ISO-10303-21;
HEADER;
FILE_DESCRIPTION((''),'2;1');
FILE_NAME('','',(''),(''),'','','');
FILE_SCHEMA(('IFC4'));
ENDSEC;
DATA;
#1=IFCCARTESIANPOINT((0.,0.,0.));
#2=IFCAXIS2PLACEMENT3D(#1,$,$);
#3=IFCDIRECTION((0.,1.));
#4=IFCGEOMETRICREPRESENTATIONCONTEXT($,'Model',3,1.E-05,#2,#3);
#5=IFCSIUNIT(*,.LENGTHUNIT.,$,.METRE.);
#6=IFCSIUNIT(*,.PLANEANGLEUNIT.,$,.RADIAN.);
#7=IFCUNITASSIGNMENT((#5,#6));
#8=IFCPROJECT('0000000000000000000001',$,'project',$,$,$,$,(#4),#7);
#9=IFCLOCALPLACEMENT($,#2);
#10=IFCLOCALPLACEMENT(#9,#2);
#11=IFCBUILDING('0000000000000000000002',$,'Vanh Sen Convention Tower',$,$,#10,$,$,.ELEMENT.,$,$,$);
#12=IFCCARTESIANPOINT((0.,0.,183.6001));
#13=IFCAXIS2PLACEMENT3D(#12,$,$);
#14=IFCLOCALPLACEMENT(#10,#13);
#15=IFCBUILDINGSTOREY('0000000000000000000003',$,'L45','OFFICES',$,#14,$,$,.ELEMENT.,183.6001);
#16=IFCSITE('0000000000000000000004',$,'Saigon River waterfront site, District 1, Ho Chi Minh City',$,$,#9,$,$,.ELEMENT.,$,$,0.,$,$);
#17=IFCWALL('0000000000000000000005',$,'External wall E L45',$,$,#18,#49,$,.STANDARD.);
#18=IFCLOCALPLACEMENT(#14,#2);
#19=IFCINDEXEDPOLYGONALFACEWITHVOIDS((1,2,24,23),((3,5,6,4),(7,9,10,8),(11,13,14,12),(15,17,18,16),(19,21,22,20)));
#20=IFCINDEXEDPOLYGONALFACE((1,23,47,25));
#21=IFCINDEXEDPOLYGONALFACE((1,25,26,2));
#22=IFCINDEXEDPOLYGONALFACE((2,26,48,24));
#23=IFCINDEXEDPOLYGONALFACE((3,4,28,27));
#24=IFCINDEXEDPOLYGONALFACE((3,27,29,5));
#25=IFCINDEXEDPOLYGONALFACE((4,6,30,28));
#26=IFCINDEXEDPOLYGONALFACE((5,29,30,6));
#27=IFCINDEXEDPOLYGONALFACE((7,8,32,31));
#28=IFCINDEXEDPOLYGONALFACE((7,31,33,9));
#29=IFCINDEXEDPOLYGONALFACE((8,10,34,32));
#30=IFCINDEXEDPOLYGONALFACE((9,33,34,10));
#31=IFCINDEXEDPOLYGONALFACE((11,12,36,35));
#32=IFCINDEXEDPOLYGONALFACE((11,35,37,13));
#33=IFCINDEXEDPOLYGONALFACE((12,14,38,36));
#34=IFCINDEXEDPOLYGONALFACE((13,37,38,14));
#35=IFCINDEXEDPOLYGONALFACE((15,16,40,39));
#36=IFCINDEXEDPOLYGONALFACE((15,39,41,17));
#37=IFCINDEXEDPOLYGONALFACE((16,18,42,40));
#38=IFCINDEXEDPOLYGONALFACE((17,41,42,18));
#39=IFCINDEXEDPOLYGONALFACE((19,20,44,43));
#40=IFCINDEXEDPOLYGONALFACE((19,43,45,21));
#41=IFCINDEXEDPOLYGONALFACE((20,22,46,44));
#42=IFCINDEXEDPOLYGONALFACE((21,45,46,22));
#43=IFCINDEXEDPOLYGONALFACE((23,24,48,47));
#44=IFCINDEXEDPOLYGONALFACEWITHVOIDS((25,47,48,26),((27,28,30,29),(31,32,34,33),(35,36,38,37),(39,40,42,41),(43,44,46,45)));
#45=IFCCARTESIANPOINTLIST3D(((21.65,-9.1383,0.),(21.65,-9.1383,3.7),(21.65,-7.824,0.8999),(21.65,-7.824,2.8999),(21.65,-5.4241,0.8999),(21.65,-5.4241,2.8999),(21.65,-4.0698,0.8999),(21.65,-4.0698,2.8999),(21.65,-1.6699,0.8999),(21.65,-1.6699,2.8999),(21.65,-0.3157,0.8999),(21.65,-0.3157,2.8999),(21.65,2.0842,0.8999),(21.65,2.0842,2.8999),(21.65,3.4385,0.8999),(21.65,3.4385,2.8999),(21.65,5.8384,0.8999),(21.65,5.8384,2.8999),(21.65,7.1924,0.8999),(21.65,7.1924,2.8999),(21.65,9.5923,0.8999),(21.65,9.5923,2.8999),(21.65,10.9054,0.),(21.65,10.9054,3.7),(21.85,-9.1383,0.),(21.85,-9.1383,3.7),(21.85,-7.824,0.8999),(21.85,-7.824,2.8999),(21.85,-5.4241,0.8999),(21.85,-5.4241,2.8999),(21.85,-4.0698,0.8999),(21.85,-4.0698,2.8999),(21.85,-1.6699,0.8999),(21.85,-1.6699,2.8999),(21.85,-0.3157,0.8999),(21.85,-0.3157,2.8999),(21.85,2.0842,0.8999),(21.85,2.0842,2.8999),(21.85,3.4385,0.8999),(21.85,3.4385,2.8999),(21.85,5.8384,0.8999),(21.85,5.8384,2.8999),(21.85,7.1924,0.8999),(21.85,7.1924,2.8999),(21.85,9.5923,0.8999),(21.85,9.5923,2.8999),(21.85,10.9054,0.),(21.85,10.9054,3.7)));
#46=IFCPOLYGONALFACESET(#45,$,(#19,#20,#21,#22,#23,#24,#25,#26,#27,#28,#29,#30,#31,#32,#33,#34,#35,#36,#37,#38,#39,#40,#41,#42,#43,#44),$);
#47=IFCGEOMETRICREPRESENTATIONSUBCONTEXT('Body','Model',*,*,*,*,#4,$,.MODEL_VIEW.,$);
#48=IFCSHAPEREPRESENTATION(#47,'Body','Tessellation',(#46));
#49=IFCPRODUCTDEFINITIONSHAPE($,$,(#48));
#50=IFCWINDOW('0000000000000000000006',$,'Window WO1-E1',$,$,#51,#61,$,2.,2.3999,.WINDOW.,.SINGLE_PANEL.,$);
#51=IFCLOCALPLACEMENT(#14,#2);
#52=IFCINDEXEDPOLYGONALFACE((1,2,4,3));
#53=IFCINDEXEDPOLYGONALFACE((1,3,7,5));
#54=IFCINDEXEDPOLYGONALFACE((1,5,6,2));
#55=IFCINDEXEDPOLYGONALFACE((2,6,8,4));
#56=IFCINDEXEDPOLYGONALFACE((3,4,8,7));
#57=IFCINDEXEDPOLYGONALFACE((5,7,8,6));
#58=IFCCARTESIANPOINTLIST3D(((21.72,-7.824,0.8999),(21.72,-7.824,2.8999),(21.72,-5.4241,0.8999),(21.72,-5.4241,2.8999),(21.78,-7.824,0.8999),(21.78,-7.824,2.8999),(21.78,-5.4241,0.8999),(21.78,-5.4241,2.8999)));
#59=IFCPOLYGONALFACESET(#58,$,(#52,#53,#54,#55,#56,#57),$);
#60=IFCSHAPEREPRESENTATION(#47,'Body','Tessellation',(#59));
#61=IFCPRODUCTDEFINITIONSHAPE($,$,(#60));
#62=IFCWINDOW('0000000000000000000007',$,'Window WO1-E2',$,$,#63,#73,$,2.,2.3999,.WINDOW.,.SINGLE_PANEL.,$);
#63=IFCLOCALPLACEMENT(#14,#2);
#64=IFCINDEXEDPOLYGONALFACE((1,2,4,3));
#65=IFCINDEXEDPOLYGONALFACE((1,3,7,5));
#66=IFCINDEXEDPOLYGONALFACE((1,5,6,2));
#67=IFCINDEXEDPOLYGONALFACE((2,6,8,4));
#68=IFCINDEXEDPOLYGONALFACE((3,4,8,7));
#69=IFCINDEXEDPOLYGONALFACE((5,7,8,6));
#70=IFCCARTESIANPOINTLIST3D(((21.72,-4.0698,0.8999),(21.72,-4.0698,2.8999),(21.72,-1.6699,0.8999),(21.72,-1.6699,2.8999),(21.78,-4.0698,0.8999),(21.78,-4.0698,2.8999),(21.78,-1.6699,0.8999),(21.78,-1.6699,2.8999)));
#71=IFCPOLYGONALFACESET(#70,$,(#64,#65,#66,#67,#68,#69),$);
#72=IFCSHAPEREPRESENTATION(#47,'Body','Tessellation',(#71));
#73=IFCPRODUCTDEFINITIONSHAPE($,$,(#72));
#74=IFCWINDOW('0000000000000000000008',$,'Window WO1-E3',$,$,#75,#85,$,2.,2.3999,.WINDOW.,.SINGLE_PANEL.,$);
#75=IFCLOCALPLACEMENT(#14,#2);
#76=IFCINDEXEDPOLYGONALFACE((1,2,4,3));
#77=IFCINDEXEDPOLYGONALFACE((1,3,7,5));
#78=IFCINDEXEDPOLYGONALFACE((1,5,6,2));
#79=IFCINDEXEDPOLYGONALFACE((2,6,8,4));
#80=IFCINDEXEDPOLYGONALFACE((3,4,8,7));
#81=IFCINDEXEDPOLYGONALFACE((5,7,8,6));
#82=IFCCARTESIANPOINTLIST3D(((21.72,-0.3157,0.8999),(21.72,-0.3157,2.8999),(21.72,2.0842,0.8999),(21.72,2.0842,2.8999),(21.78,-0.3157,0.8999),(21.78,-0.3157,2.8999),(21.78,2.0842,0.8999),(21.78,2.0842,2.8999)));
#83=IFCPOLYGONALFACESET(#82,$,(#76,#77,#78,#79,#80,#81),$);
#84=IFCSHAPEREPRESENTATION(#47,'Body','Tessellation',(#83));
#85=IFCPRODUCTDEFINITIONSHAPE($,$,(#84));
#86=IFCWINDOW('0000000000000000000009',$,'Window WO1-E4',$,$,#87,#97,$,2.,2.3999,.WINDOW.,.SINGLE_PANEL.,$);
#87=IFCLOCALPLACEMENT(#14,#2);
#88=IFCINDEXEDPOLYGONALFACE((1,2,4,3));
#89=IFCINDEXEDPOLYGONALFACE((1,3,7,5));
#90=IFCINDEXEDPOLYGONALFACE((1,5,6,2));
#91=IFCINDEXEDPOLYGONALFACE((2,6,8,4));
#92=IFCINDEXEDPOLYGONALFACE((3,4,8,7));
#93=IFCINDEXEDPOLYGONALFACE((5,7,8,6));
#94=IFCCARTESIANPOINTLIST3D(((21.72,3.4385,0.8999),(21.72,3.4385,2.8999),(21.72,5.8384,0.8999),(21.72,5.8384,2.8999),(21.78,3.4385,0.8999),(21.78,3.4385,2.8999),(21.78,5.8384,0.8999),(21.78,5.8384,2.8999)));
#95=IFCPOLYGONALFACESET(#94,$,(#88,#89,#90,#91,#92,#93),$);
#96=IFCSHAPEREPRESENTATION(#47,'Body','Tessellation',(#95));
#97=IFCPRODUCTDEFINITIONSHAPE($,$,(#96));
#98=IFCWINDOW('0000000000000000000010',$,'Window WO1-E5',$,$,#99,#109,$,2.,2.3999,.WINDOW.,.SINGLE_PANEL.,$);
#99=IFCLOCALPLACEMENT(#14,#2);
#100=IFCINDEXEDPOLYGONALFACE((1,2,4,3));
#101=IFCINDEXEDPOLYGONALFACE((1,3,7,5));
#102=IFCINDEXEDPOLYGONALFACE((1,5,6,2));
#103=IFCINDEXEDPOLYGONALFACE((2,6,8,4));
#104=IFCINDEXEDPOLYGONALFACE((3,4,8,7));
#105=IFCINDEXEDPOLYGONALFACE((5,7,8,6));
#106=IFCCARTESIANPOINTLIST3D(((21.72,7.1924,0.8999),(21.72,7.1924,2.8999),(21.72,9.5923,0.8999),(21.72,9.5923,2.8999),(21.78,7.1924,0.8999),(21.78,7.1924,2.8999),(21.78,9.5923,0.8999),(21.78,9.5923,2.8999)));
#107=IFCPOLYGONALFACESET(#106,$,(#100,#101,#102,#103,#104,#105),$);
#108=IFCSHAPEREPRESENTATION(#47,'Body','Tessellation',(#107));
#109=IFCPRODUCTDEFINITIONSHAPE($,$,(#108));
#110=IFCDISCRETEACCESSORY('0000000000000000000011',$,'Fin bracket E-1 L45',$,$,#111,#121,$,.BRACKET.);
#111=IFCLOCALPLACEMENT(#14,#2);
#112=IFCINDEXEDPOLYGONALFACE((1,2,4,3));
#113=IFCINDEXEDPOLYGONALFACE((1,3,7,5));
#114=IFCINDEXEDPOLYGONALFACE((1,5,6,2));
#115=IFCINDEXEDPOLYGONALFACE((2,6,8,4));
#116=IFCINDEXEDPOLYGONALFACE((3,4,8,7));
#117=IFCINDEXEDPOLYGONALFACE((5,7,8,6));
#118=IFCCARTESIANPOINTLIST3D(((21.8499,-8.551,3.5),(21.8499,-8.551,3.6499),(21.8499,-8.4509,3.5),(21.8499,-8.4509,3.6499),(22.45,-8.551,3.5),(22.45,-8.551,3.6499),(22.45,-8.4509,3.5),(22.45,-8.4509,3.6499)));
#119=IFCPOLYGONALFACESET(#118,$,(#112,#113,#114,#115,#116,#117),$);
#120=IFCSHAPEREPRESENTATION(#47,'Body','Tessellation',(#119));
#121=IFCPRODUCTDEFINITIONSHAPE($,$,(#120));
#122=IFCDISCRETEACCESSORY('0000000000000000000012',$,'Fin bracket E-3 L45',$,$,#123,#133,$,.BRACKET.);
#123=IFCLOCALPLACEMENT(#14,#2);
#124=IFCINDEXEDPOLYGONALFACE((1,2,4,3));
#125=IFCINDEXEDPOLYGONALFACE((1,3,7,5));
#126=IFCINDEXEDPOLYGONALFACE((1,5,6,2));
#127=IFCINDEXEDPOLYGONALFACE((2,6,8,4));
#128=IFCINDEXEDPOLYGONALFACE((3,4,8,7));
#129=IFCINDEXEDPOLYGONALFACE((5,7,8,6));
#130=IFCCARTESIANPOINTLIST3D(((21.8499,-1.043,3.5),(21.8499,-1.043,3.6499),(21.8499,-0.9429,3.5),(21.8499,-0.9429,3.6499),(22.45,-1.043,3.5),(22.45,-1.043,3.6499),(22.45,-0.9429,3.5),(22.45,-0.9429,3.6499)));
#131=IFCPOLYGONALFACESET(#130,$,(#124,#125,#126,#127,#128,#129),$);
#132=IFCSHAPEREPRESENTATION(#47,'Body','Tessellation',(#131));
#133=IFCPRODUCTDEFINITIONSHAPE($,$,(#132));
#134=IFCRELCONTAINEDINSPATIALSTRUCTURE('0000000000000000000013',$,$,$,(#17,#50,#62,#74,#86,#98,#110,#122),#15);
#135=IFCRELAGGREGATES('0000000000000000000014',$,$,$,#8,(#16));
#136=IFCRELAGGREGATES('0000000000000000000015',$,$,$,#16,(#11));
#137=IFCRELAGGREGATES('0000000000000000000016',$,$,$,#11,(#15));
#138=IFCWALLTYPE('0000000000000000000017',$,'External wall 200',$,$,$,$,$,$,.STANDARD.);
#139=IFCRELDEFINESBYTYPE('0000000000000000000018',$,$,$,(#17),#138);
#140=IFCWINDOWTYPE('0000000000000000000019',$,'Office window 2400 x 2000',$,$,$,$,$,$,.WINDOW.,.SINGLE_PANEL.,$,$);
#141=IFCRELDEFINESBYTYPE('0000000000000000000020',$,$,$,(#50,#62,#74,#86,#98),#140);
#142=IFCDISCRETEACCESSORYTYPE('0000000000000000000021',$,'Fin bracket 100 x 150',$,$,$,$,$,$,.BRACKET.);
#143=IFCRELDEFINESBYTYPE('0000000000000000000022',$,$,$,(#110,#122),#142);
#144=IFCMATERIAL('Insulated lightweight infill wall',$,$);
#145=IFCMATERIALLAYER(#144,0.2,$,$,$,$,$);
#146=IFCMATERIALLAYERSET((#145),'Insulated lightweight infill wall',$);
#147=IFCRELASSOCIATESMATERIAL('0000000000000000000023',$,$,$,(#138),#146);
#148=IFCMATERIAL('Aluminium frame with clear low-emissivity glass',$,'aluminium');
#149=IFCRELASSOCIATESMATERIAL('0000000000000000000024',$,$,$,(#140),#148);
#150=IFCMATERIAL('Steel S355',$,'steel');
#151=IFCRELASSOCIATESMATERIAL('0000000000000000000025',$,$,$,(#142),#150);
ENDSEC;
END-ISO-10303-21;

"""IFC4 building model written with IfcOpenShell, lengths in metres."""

from ifc_helpers import new_model, si_unit, direction, frame, frame_2d, origin, origin_2d, place, context, subcontext, project, spatial, rectangle, extrude, material, layer, layer_set, type_object, element, fill, save


model = new_model("IFC4")

# Units and contexts
model_context = context("Model", 3, precision=1e-05, world=origin(), true_north=direction((0.0, 1.0)))
body_context = subcontext(model_context, "Body", "Model", "MODEL_VIEW")
ifc_project = project(units=[si_unit("LENGTHUNIT", "METRE"), si_unit("PLANEANGLEUNIT", "RADIAN")], contexts=[model_context])

# Site, building, storey
site_placement = place(None, origin())
site = spatial("IfcSite", under=ifc_project, at=site_placement, Name="Saigon River waterfront site, District 1, Ho Chi Minh City", CompositionType="ELEMENT", RefElevation=0.0)
building_placement = place(site_placement, origin())
building = spatial("IfcBuilding", under=site, at=building_placement, Name="Vanh Sen Convention Tower", CompositionType="ELEMENT")
storey_placement = place(building_placement, frame((0.0, 0.0, 183.6001)))
storey = spatial("IfcBuildingStorey", under=building, at=storey_placement, Name="L45", Description="OFFICES", CompositionType="ELEMENT", Elevation=183.6001)

# Wall, openings, windows
ifc_material_1 = material(Name="Insulated lightweight infill wall")
ifc_layer_1 = layer(ifc_material_1, 0.2)
ifc_layer_set_1 = layer_set([ifc_layer_1], Name="Insulated lightweight infill wall")
wall_type_1 = type_object("IfcWallType", Name="External wall 200", PredefinedType="STANDARD", material=ifc_layer_set_1)
wall_1_placement = place(storey_placement, frame((21.75, -9.1384, 0.0), z_axis=(0.0, 0.0, 1.0), x_axis=(0.0, 1.0, 0.0)))
wall_1 = element("IfcWall", 1, at=wall_1_placement, inside=storey, type_object=wall_type_1, Name="External wall E L45", PredefinedType="STANDARD", context=body_context, shape_type="SweptSolid", body=[
    extrude(rectangle(XDim=20.0437, YDim=0.2, at=frame_2d((10.022, 0.0))), origin(), (0.0, 0.0, 1.0), 3.7),
])
opening_1_placement = place(wall_1_placement, frame((1.3145, 0.0, 0.8999)))
opening_1 = element("IfcOpeningElement", 2, at=opening_1_placement, cuts=wall_1, PredefinedType="OPENING", context=body_context, shape_type="SweptSolid", body=[
    extrude(rectangle(XDim=2.3999, YDim=2.0, at=frame_2d((1.2, 1.0))), frame((0.0, 0.1099, 0.0), z_axis=(0.0, -1.0, 0.0), x_axis=(1.0, 0.0, 0.0)), (0.0, 0.0, 1.0), 0.22),
])
opening_2_placement = place(wall_1_placement, frame((5.0686, 0.0, 0.8999)))
opening_2 = element("IfcOpeningElement", 3, at=opening_2_placement, cuts=wall_1, PredefinedType="OPENING", context=body_context, shape_type="SweptSolid", body=[
    extrude(rectangle(XDim=2.3999, YDim=2.0, at=frame_2d((1.2, 1.0))), frame((0.0, 0.1099, 0.0), z_axis=(0.0, -1.0, 0.0), x_axis=(1.0, 0.0, 0.0)), (0.0, 0.0, 1.0), 0.22),
])
opening_3_placement = place(wall_1_placement, frame((8.8228, 0.0, 0.8999)))
opening_3 = element("IfcOpeningElement", 4, at=opening_3_placement, cuts=wall_1, PredefinedType="OPENING", context=body_context, shape_type="SweptSolid", body=[
    extrude(rectangle(XDim=2.3999, YDim=2.0, at=frame_2d((1.2, 1.0))), frame((0.0, 0.1099, 0.0), z_axis=(0.0, -1.0, 0.0), x_axis=(1.0, 0.0, 0.0)), (0.0, 0.0, 1.0), 0.22),
])
opening_4_placement = place(wall_1_placement, frame((12.5769, 0.0, 0.8999)))
opening_4 = element("IfcOpeningElement", 5, at=opening_4_placement, cuts=wall_1, PredefinedType="OPENING", context=body_context, shape_type="SweptSolid", body=[
    extrude(rectangle(XDim=2.3999, YDim=2.0, at=frame_2d((1.2, 1.0))), frame((0.0, 0.1099, 0.0), z_axis=(0.0, -1.0, 0.0), x_axis=(1.0, 0.0, 0.0)), (0.0, 0.0, 1.0), 0.22),
])
opening_5_placement = place(wall_1_placement, frame((16.3308, 0.0, 0.8999)))
opening_5 = element("IfcOpeningElement", 6, at=opening_5_placement, cuts=wall_1, PredefinedType="OPENING", context=body_context, shape_type="SweptSolid", body=[
    extrude(rectangle(XDim=2.3999, YDim=2.0, at=frame_2d((1.2, 1.0))), frame((0.0, 0.1099, 0.0), z_axis=(0.0, -1.0, 0.0), x_axis=(1.0, 0.0, 0.0)), (0.0, 0.0, 1.0), 0.22),
])
ifc_material_2 = material(Name="Aluminium frame with clear low-emissivity glass", Category="aluminium")
window_type = type_object("IfcWindowType", Name="Office window 2400 x 2000", PartitioningType="SINGLE_PANEL", PredefinedType="WINDOW", material=ifc_material_2)
window_1_placement = place(opening_1_placement, origin())
window_1 = element("IfcWindow", 7, at=window_1_placement, inside=storey, type_object=window_type, Name="Window WO1-E1", OverallHeight=2.0, OverallWidth=2.3999, PartitioningType="SINGLE_PANEL", PredefinedType="WINDOW", context=body_context, shape_type="SweptSolid", body=[
    extrude(rectangle(XDim=2.3999, YDim=2.0, at=frame_2d((1.2, 1.0))), frame((0.0, 0.03, 0.0), z_axis=(0.0, -1.0, 0.0), x_axis=(1.0, 0.0, 0.0)), (0.0, 0.0, 1.0), 0.0601),
])
fill(opening_1, window_1)
window_2_placement = place(opening_2_placement, origin())
window_2 = element("IfcWindow", 8, at=window_2_placement, inside=storey, type_object=window_type, Name="Window WO1-E2", OverallHeight=2.0, OverallWidth=2.3999, PartitioningType="SINGLE_PANEL", PredefinedType="WINDOW", context=body_context, shape_type="SweptSolid", body=[
    extrude(rectangle(XDim=2.3999, YDim=2.0, at=frame_2d((1.2, 1.0))), frame((0.0, 0.03, 0.0), z_axis=(0.0, -1.0, 0.0), x_axis=(1.0, 0.0, 0.0)), (0.0, 0.0, 1.0), 0.0601),
])
fill(opening_2, window_2)
window_3_placement = place(opening_3_placement, origin())
window_3 = element("IfcWindow", 9, at=window_3_placement, inside=storey, type_object=window_type, Name="Window WO1-E3", OverallHeight=2.0, OverallWidth=2.3999, PartitioningType="SINGLE_PANEL", PredefinedType="WINDOW", context=body_context, shape_type="SweptSolid", body=[
    extrude(rectangle(XDim=2.3999, YDim=2.0, at=frame_2d((1.2, 1.0))), frame((0.0, 0.03, 0.0), z_axis=(0.0, -1.0, 0.0), x_axis=(1.0, 0.0, 0.0)), (0.0, 0.0, 1.0), 0.0601),
])
fill(opening_3, window_3)
window_4_placement = place(opening_4_placement, origin())
window_4 = element("IfcWindow", 10, at=window_4_placement, inside=storey, type_object=window_type, Name="Window WO1-E4", OverallHeight=2.0, OverallWidth=2.3999, PartitioningType="SINGLE_PANEL", PredefinedType="WINDOW", context=body_context, shape_type="SweptSolid", body=[
    extrude(rectangle(XDim=2.3999, YDim=2.0, at=frame_2d((1.2, 1.0))), frame((0.0, 0.03, 0.0), z_axis=(0.0, -1.0, 0.0), x_axis=(1.0, 0.0, 0.0)), (0.0, 0.0, 1.0), 0.0601),
])
fill(opening_4, window_4)
window_5_placement = place(opening_5_placement, origin())
window_5 = element("IfcWindow", 11, at=window_5_placement, inside=storey, type_object=window_type, Name="Window WO1-E5", OverallHeight=2.0, OverallWidth=2.3999, PartitioningType="SINGLE_PANEL", PredefinedType="WINDOW", context=body_context, shape_type="SweptSolid", body=[
    extrude(rectangle(XDim=2.3999, YDim=2.0, at=frame_2d((1.2, 1.0))), frame((0.0, 0.03, 0.0), z_axis=(0.0, -1.0, 0.0), x_axis=(1.0, 0.0, 0.0)), (0.0, 0.0, 1.0), 0.0601),
])
fill(opening_5, window_5)

# Discrete accessories
ifc_material_3 = material(Name="Steel S355", Category="steel")
discrete_accessory_type = type_object("IfcDiscreteAccessoryType", Name="Fin bracket 100 x 150", PredefinedType="BRACKET", material=ifc_material_3)
for number, where, z_axis, x_axis, name in (
    (12, (22.1499, -8.501, 3.5), (0.0, 0.0, 1.0), (1.0, 0.0, 0.0), "Fin bracket E-1 L45"),
    (13, (22.1499, -0.9929, 3.5), (0.0, 0.0, 1.0), (1.0, 0.0, 0.0), "Fin bracket E-3 L45"),
):
    element("IfcDiscreteAccessory", number, at=place(storey_placement, frame(where, z_axis=z_axis, x_axis=x_axis)), inside=storey, type_object=discrete_accessory_type, Name=name, PredefinedType="BRACKET", context=body_context, shape_type="SweptSolid", body=[
        extrude(rectangle(XDim=0.6001, YDim=0.1001, at=origin_2d()), origin(), (0.0, 0.0, 1.0), 0.1499),
    ])

save(model, "model.ifc")
